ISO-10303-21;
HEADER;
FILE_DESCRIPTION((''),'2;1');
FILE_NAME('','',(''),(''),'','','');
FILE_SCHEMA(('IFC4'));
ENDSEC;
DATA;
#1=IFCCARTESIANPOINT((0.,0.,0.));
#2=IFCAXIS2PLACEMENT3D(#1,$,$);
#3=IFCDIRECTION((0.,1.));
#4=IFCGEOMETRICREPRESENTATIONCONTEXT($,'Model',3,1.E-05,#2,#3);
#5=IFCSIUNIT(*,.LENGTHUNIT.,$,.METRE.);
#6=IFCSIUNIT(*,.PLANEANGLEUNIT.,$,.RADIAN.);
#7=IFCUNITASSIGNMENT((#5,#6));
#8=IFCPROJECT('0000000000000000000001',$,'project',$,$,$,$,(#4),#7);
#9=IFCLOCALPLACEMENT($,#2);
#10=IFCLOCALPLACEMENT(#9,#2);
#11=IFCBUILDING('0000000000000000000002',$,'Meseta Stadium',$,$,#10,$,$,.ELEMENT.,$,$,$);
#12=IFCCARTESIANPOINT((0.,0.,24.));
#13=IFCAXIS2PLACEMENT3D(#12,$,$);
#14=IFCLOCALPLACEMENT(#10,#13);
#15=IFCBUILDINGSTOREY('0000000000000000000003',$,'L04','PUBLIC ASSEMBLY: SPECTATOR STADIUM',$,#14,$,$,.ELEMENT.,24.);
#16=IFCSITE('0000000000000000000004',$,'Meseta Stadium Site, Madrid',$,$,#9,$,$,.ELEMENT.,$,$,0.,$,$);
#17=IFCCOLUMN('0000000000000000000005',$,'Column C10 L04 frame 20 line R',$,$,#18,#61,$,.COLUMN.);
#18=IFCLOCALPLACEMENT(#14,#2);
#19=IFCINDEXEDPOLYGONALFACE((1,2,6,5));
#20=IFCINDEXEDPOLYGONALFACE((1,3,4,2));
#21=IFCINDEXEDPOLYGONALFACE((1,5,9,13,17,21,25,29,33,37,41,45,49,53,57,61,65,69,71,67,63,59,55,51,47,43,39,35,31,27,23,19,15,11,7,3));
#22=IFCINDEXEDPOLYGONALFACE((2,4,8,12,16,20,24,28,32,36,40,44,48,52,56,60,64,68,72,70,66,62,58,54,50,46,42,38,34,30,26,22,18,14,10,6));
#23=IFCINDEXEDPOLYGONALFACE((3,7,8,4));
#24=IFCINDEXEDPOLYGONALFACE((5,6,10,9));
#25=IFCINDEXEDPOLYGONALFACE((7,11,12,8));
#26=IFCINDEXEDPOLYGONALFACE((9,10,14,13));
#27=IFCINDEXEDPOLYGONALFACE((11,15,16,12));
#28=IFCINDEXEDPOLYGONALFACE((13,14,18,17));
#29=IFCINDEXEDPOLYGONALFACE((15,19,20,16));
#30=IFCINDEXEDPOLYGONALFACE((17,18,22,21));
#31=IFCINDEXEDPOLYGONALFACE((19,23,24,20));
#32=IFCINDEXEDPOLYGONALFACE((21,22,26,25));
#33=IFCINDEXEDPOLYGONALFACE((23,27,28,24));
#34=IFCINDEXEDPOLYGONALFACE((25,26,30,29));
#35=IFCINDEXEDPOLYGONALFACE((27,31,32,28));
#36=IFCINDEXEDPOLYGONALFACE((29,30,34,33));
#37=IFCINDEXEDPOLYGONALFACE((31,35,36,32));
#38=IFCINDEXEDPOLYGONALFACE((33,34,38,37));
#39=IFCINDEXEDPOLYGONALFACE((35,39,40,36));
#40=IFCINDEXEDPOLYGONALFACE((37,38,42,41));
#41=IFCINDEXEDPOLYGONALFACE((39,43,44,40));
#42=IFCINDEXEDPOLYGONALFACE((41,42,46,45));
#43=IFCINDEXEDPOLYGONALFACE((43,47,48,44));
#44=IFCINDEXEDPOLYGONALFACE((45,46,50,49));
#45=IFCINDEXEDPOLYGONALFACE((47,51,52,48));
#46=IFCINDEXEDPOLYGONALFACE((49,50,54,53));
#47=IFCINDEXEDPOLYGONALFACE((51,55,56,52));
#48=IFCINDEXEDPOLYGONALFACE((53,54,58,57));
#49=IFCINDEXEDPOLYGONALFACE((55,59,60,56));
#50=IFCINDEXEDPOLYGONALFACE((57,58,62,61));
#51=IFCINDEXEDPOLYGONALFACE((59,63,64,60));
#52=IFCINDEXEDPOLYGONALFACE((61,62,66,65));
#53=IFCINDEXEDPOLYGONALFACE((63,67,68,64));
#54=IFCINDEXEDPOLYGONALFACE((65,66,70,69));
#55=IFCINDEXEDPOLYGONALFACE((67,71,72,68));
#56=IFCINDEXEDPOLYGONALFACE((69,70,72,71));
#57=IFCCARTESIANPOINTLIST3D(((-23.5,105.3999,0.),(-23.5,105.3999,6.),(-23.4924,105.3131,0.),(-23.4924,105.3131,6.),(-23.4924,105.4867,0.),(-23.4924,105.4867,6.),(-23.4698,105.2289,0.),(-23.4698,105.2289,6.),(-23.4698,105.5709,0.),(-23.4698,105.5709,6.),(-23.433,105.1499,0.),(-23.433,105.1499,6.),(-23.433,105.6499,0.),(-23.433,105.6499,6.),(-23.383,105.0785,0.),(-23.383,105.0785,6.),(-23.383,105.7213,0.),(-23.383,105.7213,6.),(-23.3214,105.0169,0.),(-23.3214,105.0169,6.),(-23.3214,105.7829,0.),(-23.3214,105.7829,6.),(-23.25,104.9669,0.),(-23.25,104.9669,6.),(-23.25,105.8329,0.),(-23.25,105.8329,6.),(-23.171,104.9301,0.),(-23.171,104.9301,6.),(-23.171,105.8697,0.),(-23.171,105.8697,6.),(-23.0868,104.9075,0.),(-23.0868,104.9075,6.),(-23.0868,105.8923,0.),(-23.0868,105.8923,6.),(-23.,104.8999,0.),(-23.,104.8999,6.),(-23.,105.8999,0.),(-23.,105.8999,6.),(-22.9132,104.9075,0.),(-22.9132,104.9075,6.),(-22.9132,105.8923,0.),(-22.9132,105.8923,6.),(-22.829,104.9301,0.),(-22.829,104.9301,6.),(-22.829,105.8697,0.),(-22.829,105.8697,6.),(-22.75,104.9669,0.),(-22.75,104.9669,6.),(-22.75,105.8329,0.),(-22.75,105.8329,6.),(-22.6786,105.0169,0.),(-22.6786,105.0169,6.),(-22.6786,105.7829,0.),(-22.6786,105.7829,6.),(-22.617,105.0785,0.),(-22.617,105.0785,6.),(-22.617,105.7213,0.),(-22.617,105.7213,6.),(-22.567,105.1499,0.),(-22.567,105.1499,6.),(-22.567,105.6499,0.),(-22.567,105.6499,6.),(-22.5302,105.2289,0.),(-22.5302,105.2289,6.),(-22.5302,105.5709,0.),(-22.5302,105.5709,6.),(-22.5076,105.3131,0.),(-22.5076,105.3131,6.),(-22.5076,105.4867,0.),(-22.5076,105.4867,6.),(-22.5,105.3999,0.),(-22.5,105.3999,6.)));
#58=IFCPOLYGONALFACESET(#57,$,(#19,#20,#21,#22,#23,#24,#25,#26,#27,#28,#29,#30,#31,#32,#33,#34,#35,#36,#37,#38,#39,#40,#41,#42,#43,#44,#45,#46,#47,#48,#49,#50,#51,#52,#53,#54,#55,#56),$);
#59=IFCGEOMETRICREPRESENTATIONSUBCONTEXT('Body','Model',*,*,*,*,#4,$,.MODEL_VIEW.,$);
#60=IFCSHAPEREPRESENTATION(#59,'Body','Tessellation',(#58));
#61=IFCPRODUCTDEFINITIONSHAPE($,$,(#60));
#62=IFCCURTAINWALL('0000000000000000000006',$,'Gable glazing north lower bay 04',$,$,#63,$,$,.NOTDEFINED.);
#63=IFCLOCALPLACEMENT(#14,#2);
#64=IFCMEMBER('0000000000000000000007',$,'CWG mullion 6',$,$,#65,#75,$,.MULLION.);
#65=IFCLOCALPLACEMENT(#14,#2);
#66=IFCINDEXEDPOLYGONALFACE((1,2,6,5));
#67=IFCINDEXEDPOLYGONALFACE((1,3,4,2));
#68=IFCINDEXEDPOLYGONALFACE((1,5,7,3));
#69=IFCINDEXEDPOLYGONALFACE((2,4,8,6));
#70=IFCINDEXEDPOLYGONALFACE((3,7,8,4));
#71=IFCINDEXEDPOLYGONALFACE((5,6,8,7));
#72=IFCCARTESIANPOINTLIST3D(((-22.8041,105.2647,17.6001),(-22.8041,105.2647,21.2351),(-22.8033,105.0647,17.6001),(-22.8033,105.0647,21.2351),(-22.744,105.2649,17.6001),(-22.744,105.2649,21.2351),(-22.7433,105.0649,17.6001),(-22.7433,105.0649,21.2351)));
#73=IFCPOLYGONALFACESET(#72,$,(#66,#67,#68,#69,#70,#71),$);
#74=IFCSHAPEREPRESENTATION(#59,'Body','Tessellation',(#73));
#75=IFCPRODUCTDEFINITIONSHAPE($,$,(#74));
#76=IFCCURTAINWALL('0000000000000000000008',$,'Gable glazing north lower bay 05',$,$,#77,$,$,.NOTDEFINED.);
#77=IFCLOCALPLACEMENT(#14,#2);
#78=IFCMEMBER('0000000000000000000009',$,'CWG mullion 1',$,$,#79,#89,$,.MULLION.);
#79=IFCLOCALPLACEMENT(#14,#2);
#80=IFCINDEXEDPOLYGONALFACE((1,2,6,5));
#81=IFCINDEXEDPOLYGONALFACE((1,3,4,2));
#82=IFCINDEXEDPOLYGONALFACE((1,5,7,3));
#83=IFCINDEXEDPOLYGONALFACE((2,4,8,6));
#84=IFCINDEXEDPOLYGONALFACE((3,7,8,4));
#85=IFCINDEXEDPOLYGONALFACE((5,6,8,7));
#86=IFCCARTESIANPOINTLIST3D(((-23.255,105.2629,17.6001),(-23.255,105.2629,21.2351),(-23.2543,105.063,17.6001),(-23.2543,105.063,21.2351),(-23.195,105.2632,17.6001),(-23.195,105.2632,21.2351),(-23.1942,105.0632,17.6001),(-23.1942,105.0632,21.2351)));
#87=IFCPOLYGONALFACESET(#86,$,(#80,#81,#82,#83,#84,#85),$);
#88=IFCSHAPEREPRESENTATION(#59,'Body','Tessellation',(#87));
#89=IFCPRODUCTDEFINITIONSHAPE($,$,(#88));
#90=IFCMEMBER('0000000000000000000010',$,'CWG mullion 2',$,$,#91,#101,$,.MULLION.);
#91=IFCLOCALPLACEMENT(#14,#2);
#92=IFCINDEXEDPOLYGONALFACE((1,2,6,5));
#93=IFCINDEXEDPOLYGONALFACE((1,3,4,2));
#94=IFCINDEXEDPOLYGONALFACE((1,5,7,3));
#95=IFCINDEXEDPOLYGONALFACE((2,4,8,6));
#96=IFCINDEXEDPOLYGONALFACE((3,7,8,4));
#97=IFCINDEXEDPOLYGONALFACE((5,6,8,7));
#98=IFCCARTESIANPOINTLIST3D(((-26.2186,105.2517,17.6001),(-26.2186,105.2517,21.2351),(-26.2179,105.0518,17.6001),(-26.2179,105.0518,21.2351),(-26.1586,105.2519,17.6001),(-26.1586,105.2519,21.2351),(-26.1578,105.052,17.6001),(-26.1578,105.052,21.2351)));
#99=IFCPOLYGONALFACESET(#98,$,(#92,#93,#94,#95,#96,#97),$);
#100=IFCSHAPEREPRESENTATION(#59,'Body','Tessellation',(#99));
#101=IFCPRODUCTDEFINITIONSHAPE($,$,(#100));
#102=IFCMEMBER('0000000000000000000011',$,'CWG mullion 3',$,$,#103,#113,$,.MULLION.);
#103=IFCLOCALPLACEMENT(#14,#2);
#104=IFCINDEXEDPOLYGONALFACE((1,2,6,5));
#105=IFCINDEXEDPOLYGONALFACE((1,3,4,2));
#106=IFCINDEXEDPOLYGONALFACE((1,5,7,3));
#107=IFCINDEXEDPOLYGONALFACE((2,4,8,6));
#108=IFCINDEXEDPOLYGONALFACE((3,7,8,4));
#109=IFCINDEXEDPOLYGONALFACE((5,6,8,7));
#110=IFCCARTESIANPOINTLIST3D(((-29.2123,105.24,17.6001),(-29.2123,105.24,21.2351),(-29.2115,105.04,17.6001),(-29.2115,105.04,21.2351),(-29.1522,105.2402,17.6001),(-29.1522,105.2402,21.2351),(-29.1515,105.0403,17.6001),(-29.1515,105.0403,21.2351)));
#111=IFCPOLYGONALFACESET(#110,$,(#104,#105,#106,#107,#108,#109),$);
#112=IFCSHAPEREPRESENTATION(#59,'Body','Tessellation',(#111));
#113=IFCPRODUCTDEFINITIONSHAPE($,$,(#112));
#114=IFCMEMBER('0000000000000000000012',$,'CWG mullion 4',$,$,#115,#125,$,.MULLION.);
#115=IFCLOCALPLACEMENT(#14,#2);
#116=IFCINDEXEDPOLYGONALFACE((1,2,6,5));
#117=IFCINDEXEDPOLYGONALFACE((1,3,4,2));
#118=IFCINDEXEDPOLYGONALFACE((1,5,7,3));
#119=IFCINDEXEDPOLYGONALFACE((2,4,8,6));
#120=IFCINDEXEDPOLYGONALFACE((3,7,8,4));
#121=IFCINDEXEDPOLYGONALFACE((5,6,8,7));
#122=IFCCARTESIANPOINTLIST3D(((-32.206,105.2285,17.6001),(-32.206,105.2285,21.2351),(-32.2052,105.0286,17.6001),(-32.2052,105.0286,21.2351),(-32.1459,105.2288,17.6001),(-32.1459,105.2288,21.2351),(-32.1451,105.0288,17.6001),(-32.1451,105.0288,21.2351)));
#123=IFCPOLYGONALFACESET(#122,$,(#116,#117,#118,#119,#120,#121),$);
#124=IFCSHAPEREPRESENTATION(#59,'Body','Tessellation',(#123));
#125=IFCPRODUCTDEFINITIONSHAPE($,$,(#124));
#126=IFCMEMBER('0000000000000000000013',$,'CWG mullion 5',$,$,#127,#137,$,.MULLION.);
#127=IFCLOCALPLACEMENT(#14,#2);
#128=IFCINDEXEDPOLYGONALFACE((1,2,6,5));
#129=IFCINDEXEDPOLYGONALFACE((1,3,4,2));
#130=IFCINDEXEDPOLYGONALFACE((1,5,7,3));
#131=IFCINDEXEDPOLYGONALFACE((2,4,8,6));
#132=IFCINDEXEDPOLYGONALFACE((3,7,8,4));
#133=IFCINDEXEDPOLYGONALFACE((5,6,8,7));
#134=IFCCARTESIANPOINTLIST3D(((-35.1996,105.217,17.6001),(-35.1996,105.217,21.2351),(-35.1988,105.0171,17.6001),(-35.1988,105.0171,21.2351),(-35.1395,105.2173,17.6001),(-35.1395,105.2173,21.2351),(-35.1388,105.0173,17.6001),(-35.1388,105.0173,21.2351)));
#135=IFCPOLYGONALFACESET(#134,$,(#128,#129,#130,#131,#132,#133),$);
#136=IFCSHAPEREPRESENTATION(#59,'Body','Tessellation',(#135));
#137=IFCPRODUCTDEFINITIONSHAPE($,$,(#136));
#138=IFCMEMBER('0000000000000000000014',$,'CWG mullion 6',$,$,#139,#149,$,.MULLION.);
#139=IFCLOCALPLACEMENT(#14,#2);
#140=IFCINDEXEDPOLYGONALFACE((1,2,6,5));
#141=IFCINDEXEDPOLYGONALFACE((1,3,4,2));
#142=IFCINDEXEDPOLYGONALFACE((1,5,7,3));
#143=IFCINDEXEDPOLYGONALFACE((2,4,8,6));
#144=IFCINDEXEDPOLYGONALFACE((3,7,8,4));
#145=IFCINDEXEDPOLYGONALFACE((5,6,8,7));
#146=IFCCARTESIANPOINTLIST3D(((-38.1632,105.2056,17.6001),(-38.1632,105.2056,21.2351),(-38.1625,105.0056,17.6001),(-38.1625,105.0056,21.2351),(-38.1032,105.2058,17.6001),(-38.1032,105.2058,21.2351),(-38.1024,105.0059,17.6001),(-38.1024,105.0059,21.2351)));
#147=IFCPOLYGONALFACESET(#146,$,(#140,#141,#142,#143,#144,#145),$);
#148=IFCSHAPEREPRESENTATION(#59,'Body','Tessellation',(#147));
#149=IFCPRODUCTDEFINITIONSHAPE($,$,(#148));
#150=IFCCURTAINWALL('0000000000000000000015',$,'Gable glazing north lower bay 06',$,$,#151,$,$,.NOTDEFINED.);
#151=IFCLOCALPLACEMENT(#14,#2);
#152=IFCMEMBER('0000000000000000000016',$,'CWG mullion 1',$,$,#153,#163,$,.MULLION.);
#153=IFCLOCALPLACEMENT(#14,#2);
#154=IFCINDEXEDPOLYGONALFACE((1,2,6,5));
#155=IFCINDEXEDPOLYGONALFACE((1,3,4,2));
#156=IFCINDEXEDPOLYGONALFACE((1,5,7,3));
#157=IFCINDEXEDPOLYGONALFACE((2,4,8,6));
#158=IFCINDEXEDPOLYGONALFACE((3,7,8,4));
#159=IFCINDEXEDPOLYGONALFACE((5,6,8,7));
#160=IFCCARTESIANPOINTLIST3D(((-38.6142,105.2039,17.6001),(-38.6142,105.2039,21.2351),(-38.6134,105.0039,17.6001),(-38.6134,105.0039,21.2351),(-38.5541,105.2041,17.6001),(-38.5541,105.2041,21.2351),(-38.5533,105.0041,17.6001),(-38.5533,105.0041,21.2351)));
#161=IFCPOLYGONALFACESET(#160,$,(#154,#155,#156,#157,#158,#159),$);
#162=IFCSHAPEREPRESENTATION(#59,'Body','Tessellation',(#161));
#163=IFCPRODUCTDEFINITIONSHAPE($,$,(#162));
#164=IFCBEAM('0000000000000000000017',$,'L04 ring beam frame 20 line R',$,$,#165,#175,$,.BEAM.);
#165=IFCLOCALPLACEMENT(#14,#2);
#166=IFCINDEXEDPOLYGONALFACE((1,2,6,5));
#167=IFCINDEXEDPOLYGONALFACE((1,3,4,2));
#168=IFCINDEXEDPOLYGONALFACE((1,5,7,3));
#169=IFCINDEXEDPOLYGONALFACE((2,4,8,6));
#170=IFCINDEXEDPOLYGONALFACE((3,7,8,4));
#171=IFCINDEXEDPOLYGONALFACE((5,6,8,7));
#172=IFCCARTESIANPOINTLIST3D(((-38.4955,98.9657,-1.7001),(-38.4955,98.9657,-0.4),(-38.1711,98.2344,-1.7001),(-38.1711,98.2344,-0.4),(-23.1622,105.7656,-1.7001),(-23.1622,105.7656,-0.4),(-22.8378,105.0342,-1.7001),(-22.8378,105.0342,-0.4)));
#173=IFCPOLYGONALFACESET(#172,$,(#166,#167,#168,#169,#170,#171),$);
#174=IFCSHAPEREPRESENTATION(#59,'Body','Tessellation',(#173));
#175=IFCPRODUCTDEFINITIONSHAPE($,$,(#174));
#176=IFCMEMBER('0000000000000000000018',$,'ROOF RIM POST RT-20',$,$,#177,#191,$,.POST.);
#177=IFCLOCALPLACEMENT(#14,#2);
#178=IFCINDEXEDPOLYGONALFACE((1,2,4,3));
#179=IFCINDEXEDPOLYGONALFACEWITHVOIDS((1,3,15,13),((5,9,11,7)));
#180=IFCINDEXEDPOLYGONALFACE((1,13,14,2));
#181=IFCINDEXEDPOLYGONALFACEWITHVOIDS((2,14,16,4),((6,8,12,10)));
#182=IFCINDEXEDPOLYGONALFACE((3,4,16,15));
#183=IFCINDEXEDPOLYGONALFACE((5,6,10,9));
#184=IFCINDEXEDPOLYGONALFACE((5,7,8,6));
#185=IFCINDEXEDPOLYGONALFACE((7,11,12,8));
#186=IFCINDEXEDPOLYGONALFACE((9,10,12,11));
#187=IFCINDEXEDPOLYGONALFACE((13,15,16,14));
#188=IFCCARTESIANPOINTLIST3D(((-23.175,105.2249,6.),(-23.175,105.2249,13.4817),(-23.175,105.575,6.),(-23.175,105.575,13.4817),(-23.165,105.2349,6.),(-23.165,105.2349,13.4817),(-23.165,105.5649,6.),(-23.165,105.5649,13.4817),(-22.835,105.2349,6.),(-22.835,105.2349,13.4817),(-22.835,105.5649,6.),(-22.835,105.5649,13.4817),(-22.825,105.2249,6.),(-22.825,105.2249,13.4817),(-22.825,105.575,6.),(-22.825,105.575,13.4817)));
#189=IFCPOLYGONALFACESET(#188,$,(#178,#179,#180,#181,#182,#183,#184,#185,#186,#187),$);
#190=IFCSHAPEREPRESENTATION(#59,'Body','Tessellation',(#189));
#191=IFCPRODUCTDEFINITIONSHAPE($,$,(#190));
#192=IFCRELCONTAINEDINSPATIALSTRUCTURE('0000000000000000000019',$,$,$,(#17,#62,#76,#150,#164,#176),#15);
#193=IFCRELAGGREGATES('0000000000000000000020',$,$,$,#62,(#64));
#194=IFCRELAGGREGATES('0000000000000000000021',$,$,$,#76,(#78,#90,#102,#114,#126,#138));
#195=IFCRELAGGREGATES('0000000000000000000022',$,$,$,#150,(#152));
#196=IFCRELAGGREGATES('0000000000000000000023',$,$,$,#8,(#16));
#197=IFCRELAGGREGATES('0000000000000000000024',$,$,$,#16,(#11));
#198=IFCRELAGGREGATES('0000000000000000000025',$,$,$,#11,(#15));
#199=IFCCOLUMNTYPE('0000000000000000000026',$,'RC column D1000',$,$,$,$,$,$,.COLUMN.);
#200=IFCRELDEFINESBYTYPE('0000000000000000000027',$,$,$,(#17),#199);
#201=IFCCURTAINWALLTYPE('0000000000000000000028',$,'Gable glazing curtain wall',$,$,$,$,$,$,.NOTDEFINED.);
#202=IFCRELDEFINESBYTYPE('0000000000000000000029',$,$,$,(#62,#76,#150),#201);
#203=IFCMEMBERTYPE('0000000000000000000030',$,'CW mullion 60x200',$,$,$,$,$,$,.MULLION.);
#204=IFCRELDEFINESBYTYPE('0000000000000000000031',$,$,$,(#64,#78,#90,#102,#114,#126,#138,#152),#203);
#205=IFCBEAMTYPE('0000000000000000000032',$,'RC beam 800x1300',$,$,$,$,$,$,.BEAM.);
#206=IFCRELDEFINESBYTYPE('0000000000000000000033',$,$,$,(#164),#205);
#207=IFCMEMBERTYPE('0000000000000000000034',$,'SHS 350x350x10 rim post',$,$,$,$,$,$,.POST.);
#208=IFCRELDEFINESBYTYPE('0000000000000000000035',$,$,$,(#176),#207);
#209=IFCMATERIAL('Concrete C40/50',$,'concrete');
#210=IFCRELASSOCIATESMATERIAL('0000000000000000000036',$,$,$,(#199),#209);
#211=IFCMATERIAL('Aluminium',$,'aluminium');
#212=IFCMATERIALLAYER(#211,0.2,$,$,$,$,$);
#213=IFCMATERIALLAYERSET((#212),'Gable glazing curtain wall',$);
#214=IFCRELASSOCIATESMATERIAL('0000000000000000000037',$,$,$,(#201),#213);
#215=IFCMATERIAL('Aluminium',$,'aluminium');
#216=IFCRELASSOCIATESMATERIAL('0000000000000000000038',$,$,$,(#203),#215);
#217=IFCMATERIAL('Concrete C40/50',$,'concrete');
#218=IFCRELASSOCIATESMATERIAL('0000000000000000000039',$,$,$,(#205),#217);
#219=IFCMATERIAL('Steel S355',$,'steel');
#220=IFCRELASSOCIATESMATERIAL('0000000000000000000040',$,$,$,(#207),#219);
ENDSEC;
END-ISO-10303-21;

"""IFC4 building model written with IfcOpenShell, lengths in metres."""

from ifc_helpers import new_model, si_unit, direction, frame, origin, origin_2d, place, context, subcontext, project, spatial, rectangle, hollow_rectangle, circle, extrude, material, layer, layer_set, material_profile, profile_set, type_object, element, aggregate, save


model = new_model("IFC4")

# Units and contexts
model_context = context("Model", 3, precision=1e-05, world=origin(), true_north=direction((0.0, 1.0)))
body_context = subcontext(model_context, "Body", "Model", "MODEL_VIEW")
ifc_project = project(units=[si_unit("LENGTHUNIT", "METRE"), si_unit("PLANEANGLEUNIT", "RADIAN")], contexts=[model_context])

# Site, building, storey
site_placement = place(None, origin())
site = spatial("IfcSite", under=ifc_project, at=site_placement, Name="Meseta Stadium Site, Madrid", CompositionType="ELEMENT", RefElevation=0.0)
building_placement = place(site_placement, origin())
building = spatial("IfcBuilding", under=site, at=building_placement, Name="Meseta Stadium", CompositionType="ELEMENT")
storey_placement = place(building_placement, frame((0.0, 0.0, 24.0)))
storey = spatial("IfcBuildingStorey", under=building, at=storey_placement, Name="L04", Description="PUBLIC ASSEMBLY: SPECTATOR STADIUM", CompositionType="ELEMENT", Elevation=24.0)

# Column
ifc_material_1 = material(Name="Concrete C40/50", Category="concrete")
ifc_material_profile_1 = material_profile(ifc_material_1, circle(Radius=0.5, at=origin_2d()), Name="RC D1000")
ifc_profile_set_1 = profile_set([ifc_material_profile_1], Name="Concrete C40/50")
column_type = type_object("IfcColumnType", Name="RC column D1000", PredefinedType="COLUMN", material=ifc_profile_set_1)
column_placement = place(storey_placement, frame((-23.0, 105.3999, 0.0), z_axis=(0.0, 0.0, 1.0), x_axis=(1.0, 0.0, 0.0)))
element("IfcColumn", 1, at=column_placement, inside=storey, type_object=column_type, Name="Column C10 L04 frame 20 line R", PredefinedType="COLUMN", context=body_context, shape_type="SweptSolid", body=[
    extrude(circle(Radius=0.5, at=origin_2d()), origin(), (0.0, 0.0, 1.0), 6.0),
])

# Curtain wall, member
ifc_material_2 = material(Name="Aluminium", Category="aluminium")
ifc_layer_1 = layer(ifc_material_2, 0.2)
ifc_layer_set_1 = layer_set([ifc_layer_1], Name="Gable glazing curtain wall")
curtain_wall_type = type_object("IfcCurtainWallType", Name="Gable glazing curtain wall", PredefinedType="NOTDEFINED", material=ifc_layer_set_1)
curtain_wall_1_placement = place(storey_placement, origin())
curtain_wall_1 = element("IfcCurtainWall", 2, at=curtain_wall_1_placement, inside=storey, type_object=curtain_wall_type, Name="Gable glazing north lower bay 04", PredefinedType="NOTDEFINED")
ifc_material_3 = material(Name="Aluminium", Category="aluminium")
ifc_material_profile_2 = material_profile(ifc_material_3, rectangle(XDim=0.2, YDim=0.0601, at=origin_2d()), Name="CW 200x60")
ifc_profile_set_2 = profile_set([ifc_material_profile_2], Name="Aluminium")
member_type_1 = type_object("IfcMemberType", Name="CW mullion 60x200", PredefinedType="MULLION", material=ifc_profile_set_2)
member_1_placement = place(storey_placement, frame((-22.7737, 105.1648, 17.6001), z_axis=(0.0, 0.0, 1.0), x_axis=(0.003848, -0.999993, 0.0)))
member_1 = element("IfcMember", 3, at=member_1_placement, type_object=member_type_1, Name="CWG mullion 6", PredefinedType="MULLION", context=body_context, shape_type="SweptSolid", body=[
    extrude(rectangle(XDim=0.2, YDim=0.0601, at=origin_2d()), origin(), (0.0, 0.0, 1.0), 3.635),
])
aggregate(curtain_wall_1, [member_1])

# Curtain wall, members
curtain_wall_2_placement = place(storey_placement, origin())
curtain_wall_2 = element("IfcCurtainWall", 4, at=curtain_wall_2_placement, inside=storey, type_object=curtain_wall_type, Name="Gable glazing north lower bay 05", PredefinedType="NOTDEFINED")
member_2_placement = place(storey_placement, frame((-23.2246, 105.1631, 17.6001), z_axis=(0.0, 0.0, 1.0), x_axis=(0.003848, -0.999993, 0.0)))
member_2 = element("IfcMember", 5, at=member_2_placement, type_object=member_type_1, Name="CWG mullion 1", PredefinedType="MULLION", context=body_context, shape_type="SweptSolid", body=[
    extrude(rectangle(XDim=0.2, YDim=0.0601, at=origin_2d()), origin(), (0.0, 0.0, 1.0), 3.635),
])
member_3_placement = place(storey_placement, frame((-26.1882, 105.1519, 17.6001), z_axis=(0.0, 0.0, 1.0), x_axis=(0.003848, -0.999993, 0.0)))
member_3 = element("IfcMember", 6, at=member_3_placement, type_object=member_type_1, Name="CWG mullion 2", PredefinedType="MULLION", context=body_context, shape_type="SweptSolid", body=[
    extrude(rectangle(XDim=0.2, YDim=0.0601, at=origin_2d()), origin(), (0.0, 0.0, 1.0), 3.635),
])
member_4_placement = place(storey_placement, frame((-29.1819, 105.1401, 17.6001), z_axis=(0.0, 0.0, 1.0), x_axis=(0.003848, -0.999993, 0.0)))
member_4 = element("IfcMember", 7, at=member_4_placement, type_object=member_type_1, Name="CWG mullion 3", PredefinedType="MULLION", context=body_context, shape_type="SweptSolid", body=[
    extrude(rectangle(XDim=0.2, YDim=0.0601, at=origin_2d()), origin(), (0.0, 0.0, 1.0), 3.635),
])
member_5_placement = place(storey_placement, frame((-32.1755, 105.1287, 17.6001), z_axis=(0.0, 0.0, 1.0), x_axis=(0.003848, -0.999993, 0.0)))
member_5 = element("IfcMember", 8, at=member_5_placement, type_object=member_type_1, Name="CWG mullion 4", PredefinedType="MULLION", context=body_context, shape_type="SweptSolid", body=[
    extrude(rectangle(XDim=0.2, YDim=0.0601, at=origin_2d()), origin(), (0.0, 0.0, 1.0), 3.635),
])
member_6_placement = place(storey_placement, frame((-35.1692, 105.1172, 17.6001), z_axis=(0.0, 0.0, 1.0), x_axis=(0.003848, -0.999993, 0.0)))
member_6 = element("IfcMember", 9, at=member_6_placement, type_object=member_type_1, Name="CWG mullion 5", PredefinedType="MULLION", context=body_context, shape_type="SweptSolid", body=[
    extrude(rectangle(XDim=0.2, YDim=0.0601, at=origin_2d()), origin(), (0.0, 0.0, 1.0), 3.635),
])
member_7_placement = place(storey_placement, frame((-38.1328, 105.1057, 17.6001), z_axis=(0.0, 0.0, 1.0), x_axis=(0.003848, -0.999993, 0.0)))
member_7 = element("IfcMember", 10, at=member_7_placement, type_object=member_type_1, Name="CWG mullion 6", PredefinedType="MULLION", context=body_context, shape_type="SweptSolid", body=[
    extrude(rectangle(XDim=0.2, YDim=0.0601, at=origin_2d()), origin(), (0.0, 0.0, 1.0), 3.635),
])
aggregate(curtain_wall_2, [member_2, member_3, member_4, member_5, member_6, member_7])

# Curtain wall, member
curtain_wall_3_placement = place(storey_placement, origin())
curtain_wall_3 = element("IfcCurtainWall", 11, at=curtain_wall_3_placement, inside=storey, type_object=curtain_wall_type, Name="Gable glazing north lower bay 06", PredefinedType="NOTDEFINED")
member_8_placement = place(storey_placement, frame((-38.5837, 105.104, 17.6001), z_axis=(0.0, 0.0, 1.0), x_axis=(0.003848, -0.999993, 0.0)))
member_8 = element("IfcMember", 12, at=member_8_placement, type_object=member_type_1, Name="CWG mullion 1", PredefinedType="MULLION", context=body_context, shape_type="SweptSolid", body=[
    extrude(rectangle(XDim=0.2, YDim=0.0601, at=origin_2d()), origin(), (0.0, 0.0, 1.0), 3.635),
])
aggregate(curtain_wall_3, [member_8])

# Beam
ifc_material_4 = material(Name="Concrete C40/50", Category="concrete")
ifc_material_profile_3 = material_profile(ifc_material_4, rectangle(XDim=0.8, YDim=1.3, at=origin_2d()), Name="RC 800x1300")
ifc_profile_set_3 = profile_set([ifc_material_profile_3], Name="Concrete C40/50")
beam_type = type_object("IfcBeamType", Name="RC beam 800x1300", PredefinedType="BEAM", material=ifc_profile_set_3)
beam_placement = place(storey_placement, frame((-23.0, 105.3999, -1.05), z_axis=(-0.914143, -0.405393, 0.0), x_axis=(0.405393, -0.914143, 0.0)))
element("IfcBeam", 13, at=beam_placement, inside=storey, type_object=beam_type, Name="L04 ring beam frame 20 line R", PredefinedType="BEAM", context=body_context, shape_type="SweptSolid", body=[
    extrude(rectangle(XDim=0.8, YDim=1.3, at=origin_2d()), origin(), (0.0, 0.0, 1.0), 16.7734),
])

# Member
ifc_material_5 = material(Name="Steel S355", Category="steel")
ifc_material_profile_4 = material_profile(ifc_material_5, hollow_rectangle(XDim=0.3501, YDim=0.3501, WallThickness=0.01, at=origin_2d()), Name="SHS 350x350x10")
ifc_profile_set_4 = profile_set([ifc_material_profile_4], Name="Steel S355")
member_type_2 = type_object("IfcMemberType", Name="SHS 350x350x10 rim post", PredefinedType="POST", material=ifc_profile_set_4)
member_9_placement = place(storey_placement, frame((-23.0, 105.3999, 6.0), z_axis=(0.0, 0.0, 1.0), x_axis=(1.0, 0.0, 0.0)))
element("IfcMember", 14, at=member_9_placement, inside=storey, type_object=member_type_2, Name="ROOF RIM POST RT-20", PredefinedType="POST", context=body_context, shape_type="SweptSolid", body=[
    extrude(hollow_rectangle(XDim=0.3501, YDim=0.3501, WallThickness=0.01, at=origin_2d()), origin(), (0.0, 0.0, 1.0), 7.4817),
])

save(model, "model.ifc")
